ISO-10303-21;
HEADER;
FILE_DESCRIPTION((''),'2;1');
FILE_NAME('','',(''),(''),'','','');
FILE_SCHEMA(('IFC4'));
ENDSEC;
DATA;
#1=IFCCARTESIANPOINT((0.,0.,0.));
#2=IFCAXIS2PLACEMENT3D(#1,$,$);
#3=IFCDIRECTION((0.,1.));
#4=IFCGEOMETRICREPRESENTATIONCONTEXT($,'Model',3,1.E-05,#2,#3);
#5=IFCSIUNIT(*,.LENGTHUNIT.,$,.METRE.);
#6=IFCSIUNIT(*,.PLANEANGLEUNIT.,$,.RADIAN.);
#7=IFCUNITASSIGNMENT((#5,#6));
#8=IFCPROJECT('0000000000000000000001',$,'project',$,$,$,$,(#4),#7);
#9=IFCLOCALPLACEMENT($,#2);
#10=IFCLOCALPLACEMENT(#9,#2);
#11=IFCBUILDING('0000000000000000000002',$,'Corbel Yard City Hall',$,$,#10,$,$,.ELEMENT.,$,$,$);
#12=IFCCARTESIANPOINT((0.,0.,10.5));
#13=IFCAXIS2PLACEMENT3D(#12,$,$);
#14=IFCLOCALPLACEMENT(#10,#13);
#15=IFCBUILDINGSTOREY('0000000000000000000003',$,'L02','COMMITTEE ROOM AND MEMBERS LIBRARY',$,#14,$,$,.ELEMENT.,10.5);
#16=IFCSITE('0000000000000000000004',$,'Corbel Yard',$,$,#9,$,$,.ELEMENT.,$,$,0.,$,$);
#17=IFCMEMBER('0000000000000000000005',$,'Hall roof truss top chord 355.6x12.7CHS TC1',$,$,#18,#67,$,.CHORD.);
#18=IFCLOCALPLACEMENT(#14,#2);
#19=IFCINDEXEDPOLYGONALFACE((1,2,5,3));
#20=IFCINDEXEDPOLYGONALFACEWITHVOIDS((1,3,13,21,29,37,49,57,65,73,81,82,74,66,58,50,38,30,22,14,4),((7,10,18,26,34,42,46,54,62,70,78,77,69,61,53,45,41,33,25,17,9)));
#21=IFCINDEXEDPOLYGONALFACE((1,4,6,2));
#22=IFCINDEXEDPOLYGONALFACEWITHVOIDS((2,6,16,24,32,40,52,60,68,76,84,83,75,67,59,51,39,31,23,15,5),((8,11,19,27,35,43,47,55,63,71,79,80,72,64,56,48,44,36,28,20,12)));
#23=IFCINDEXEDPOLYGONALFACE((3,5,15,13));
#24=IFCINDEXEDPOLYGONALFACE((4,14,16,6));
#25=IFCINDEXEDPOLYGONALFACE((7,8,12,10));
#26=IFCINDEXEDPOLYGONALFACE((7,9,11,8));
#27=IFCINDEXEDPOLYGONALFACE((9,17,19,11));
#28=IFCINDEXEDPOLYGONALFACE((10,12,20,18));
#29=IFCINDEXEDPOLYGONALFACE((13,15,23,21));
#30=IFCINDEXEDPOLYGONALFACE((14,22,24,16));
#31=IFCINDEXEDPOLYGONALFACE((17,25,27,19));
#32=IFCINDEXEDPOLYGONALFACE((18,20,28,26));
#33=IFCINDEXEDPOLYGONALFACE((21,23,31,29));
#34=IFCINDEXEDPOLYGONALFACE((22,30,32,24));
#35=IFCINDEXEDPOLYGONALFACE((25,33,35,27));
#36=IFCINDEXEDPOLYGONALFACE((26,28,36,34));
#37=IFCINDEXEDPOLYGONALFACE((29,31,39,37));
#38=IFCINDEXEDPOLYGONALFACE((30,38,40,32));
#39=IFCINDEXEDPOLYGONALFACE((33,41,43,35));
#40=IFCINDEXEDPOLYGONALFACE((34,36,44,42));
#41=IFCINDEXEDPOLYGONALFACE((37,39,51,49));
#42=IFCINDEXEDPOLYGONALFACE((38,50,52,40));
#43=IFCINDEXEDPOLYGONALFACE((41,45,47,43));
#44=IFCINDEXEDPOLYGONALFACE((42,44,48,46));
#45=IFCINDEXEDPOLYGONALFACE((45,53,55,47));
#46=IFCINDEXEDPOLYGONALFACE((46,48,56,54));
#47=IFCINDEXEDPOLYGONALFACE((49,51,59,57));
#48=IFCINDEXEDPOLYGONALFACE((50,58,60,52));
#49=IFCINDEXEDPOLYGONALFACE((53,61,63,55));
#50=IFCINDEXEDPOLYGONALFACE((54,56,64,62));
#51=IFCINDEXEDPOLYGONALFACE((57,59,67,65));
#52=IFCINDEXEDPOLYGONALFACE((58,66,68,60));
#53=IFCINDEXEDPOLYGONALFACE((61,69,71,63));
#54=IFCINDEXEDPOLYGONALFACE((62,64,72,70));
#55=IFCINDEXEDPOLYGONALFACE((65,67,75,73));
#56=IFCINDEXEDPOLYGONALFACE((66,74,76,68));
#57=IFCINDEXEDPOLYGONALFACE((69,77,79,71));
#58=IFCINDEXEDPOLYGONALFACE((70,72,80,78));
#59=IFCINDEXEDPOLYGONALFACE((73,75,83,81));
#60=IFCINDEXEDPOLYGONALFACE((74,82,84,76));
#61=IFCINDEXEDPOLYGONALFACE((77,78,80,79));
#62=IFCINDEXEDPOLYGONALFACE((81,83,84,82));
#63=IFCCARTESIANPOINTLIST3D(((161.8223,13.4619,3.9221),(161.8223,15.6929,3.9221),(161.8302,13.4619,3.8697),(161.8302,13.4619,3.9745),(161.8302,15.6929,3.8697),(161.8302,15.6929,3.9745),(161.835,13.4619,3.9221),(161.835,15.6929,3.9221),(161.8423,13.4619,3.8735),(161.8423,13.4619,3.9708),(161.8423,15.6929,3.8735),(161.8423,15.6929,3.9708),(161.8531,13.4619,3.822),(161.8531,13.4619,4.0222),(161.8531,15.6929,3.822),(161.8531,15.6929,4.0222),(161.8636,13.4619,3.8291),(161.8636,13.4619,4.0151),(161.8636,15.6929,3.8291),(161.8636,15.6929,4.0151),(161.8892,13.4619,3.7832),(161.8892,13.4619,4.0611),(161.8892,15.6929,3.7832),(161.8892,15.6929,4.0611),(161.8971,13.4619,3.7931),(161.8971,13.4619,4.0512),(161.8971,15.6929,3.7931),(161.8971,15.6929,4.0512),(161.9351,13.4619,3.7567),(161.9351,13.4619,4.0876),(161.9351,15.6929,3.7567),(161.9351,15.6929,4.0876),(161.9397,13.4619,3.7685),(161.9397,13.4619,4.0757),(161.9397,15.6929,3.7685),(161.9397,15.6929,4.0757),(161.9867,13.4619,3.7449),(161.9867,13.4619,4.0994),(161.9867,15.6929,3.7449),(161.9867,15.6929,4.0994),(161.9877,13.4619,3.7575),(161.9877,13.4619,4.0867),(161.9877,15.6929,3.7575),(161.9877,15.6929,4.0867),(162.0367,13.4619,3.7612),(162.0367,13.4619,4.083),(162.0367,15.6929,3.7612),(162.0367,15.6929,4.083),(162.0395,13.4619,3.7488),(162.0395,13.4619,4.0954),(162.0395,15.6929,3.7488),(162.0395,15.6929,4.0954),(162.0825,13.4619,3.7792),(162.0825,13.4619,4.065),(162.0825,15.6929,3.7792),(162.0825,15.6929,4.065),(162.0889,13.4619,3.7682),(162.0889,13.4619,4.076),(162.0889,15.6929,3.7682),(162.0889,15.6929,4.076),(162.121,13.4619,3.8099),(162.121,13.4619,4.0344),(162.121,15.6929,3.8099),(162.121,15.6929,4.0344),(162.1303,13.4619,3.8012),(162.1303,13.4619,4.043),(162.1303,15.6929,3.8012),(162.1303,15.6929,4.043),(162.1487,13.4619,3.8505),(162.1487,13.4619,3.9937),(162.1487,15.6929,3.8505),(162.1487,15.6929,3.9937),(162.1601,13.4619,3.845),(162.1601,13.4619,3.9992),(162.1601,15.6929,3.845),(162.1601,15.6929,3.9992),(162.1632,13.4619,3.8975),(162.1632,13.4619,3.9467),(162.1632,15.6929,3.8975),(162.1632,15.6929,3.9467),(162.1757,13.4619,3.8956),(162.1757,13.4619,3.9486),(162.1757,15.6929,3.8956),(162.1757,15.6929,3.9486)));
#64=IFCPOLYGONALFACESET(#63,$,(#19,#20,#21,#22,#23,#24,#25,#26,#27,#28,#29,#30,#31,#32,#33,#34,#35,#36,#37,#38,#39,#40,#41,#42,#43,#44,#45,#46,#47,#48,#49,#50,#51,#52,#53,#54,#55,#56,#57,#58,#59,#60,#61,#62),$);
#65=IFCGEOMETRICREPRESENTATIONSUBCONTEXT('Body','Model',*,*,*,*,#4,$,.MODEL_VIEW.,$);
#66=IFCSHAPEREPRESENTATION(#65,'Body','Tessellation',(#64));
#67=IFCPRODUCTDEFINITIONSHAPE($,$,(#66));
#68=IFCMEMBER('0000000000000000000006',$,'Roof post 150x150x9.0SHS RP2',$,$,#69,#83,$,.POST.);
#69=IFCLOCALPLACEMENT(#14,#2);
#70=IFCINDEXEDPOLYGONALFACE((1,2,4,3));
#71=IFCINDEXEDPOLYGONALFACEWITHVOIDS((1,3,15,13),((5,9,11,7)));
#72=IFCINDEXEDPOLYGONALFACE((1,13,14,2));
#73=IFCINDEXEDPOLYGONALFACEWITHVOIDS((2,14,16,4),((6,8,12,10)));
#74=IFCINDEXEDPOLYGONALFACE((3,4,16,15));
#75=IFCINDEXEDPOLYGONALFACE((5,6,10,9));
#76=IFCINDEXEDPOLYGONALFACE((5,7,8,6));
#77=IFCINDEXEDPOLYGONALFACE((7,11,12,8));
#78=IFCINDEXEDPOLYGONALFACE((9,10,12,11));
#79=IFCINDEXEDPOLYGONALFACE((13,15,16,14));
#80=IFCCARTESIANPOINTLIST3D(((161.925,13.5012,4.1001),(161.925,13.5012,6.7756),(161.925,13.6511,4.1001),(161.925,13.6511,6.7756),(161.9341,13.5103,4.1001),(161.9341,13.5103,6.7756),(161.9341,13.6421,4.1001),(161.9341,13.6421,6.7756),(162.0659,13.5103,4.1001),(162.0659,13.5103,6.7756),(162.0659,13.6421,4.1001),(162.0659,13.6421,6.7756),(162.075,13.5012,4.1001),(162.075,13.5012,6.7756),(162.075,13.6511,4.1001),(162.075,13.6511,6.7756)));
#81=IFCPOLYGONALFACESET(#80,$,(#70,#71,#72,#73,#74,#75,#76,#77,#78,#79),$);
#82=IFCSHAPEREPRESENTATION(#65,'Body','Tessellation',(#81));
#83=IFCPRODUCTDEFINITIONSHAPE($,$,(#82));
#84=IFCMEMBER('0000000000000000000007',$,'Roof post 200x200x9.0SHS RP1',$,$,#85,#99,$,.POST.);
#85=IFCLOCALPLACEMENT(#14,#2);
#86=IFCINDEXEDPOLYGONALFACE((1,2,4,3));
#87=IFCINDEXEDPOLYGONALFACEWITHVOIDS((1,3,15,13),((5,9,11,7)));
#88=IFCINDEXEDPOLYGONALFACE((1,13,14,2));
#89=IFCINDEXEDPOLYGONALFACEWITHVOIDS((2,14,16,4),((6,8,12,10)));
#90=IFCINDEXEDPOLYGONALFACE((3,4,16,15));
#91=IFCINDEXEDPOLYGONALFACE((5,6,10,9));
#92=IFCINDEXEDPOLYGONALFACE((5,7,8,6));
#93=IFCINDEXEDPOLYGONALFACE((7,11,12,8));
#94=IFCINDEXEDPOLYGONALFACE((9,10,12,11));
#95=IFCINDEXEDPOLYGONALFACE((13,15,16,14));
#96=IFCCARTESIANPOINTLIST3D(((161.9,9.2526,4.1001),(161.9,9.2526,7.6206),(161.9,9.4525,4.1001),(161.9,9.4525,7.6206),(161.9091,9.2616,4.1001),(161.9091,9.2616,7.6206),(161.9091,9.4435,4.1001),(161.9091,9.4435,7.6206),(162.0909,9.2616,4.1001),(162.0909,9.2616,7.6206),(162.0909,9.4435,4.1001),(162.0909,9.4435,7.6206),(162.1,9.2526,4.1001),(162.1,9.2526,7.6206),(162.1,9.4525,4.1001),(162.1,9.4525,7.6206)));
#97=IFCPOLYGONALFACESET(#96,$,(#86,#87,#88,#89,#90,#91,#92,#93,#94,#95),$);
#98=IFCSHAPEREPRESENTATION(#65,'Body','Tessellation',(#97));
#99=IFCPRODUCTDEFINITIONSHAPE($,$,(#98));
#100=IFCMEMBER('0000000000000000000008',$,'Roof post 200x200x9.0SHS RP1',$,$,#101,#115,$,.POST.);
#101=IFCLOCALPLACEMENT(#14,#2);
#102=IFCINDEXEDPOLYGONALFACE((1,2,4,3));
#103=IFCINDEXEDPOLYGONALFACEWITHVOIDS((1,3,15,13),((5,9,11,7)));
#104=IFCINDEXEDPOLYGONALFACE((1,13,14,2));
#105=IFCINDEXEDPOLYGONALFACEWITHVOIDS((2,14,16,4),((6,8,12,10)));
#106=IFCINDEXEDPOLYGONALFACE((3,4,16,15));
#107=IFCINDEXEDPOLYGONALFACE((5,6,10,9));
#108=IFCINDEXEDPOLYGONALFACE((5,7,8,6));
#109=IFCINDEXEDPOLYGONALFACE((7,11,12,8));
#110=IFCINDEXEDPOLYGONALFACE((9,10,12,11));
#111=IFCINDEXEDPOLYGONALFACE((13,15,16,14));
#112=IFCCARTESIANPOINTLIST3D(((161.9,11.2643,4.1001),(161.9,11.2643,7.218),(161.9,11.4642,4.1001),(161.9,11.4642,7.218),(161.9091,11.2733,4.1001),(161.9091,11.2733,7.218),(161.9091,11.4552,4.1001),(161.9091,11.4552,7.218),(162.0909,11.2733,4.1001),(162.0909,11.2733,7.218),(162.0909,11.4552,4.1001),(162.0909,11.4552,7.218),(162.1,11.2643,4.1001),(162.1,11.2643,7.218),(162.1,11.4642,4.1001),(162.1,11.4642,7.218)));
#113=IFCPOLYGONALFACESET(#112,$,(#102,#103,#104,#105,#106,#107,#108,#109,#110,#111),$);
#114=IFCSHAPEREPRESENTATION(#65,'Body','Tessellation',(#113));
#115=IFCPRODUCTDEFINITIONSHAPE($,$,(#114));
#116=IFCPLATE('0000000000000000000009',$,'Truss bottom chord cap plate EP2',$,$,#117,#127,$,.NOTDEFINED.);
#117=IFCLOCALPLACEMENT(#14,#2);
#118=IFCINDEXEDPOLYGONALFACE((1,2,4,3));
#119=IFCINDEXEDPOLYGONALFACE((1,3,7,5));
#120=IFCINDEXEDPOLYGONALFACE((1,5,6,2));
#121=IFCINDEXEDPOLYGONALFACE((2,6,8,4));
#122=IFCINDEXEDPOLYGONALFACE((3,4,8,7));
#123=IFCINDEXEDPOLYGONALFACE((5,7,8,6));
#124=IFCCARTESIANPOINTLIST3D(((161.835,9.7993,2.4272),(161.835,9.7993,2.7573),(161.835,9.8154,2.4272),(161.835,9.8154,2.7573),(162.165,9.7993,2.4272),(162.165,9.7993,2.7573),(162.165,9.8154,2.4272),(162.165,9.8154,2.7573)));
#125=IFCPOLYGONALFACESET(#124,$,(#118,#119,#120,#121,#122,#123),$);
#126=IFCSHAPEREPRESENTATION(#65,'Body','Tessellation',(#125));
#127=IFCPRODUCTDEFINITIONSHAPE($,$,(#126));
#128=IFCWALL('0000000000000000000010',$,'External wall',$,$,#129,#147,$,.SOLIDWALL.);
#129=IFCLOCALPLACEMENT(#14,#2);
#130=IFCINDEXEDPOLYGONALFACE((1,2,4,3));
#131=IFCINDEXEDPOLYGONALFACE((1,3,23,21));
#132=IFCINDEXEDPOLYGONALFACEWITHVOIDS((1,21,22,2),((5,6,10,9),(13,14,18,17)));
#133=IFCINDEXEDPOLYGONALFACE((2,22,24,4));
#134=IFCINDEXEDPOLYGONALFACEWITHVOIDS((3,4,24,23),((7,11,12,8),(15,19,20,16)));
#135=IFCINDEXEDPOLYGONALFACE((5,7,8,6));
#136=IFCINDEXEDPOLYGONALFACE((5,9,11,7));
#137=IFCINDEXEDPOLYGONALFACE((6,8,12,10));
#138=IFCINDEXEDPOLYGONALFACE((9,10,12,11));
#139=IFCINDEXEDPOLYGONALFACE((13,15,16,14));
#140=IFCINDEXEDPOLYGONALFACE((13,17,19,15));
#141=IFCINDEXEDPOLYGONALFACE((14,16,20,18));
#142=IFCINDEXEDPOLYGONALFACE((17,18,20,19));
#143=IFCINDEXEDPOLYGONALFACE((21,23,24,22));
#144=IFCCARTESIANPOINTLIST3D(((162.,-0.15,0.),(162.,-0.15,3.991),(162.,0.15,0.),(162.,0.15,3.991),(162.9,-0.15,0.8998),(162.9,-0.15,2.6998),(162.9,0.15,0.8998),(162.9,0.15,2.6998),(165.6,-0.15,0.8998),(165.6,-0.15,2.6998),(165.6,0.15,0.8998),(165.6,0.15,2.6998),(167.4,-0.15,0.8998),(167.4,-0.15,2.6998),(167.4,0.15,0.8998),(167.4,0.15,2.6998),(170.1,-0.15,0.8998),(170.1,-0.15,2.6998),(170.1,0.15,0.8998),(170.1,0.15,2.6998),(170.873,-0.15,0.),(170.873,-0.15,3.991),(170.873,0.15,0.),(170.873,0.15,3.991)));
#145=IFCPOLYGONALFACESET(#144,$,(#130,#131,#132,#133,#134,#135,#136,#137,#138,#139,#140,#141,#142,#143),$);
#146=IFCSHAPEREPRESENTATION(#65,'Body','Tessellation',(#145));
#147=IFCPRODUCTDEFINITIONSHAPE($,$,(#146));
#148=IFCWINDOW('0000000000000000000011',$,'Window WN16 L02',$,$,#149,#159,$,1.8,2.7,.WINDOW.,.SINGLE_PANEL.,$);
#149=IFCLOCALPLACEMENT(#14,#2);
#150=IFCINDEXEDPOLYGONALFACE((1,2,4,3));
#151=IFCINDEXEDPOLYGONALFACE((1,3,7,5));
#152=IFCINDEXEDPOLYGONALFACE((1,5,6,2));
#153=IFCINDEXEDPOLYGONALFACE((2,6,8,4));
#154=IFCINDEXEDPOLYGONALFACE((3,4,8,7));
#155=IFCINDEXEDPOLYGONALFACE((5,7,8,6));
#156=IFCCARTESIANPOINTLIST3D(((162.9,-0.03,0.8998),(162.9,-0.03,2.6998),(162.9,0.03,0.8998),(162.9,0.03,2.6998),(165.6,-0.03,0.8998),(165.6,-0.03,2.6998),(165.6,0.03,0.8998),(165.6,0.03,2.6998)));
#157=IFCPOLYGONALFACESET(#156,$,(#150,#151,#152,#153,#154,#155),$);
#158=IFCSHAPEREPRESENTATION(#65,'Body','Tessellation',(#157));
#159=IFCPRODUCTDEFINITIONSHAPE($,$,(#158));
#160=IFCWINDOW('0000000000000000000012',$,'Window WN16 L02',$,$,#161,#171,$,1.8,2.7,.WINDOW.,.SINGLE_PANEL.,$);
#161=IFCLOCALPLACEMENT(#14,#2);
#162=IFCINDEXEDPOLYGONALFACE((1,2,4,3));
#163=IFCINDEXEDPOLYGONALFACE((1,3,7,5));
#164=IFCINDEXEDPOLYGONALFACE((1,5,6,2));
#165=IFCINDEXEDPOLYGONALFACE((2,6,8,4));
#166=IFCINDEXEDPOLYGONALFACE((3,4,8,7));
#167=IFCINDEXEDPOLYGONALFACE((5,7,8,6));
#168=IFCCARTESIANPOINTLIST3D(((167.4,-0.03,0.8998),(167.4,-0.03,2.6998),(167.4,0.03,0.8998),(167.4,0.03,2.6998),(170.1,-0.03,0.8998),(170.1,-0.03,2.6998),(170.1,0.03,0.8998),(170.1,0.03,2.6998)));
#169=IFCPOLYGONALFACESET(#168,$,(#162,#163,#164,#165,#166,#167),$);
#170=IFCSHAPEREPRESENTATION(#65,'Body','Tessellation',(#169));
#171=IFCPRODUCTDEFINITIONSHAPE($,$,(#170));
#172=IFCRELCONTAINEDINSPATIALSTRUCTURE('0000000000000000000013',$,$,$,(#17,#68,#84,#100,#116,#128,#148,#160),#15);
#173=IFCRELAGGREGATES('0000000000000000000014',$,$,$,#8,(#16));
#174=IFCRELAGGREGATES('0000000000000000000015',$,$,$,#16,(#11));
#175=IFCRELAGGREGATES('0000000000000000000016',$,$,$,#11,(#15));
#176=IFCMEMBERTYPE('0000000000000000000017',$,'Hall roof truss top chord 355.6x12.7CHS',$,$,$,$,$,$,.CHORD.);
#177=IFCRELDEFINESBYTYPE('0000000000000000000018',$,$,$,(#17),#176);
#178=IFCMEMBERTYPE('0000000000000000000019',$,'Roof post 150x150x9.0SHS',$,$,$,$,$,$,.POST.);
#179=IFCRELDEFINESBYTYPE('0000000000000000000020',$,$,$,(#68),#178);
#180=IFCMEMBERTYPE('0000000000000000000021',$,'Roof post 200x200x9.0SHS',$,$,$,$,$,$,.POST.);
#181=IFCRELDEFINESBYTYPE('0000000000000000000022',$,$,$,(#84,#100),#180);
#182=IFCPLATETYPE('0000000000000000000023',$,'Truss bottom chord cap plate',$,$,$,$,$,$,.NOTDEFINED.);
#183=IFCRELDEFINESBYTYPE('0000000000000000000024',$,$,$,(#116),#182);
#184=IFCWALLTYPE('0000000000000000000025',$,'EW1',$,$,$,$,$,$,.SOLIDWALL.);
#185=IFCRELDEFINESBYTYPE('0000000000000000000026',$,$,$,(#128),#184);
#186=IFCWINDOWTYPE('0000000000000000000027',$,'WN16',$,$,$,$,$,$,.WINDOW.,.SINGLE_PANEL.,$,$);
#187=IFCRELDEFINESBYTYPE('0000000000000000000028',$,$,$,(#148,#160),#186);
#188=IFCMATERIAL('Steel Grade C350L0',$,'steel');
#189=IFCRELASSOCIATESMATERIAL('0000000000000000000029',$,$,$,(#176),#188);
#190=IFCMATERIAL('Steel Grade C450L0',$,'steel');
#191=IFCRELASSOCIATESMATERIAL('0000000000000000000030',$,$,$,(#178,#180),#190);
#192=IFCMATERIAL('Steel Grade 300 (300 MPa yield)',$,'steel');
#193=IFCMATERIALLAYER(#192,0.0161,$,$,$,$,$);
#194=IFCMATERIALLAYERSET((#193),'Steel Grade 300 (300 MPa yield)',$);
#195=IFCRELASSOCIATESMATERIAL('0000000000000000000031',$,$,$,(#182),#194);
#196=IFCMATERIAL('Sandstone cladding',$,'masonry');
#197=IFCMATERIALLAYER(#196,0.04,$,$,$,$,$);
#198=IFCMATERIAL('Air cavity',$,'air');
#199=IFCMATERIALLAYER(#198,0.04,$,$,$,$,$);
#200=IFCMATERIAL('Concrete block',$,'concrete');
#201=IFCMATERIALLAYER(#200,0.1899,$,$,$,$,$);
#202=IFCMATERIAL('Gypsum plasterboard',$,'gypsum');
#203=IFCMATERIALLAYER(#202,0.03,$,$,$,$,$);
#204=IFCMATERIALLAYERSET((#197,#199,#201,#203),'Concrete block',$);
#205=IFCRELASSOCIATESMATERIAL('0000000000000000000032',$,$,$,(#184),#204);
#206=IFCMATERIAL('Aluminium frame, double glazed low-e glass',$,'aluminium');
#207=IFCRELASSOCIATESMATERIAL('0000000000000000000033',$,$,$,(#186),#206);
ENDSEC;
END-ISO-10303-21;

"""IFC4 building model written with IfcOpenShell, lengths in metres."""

from ifc_helpers import new_model, si_unit, direction, frame, frame_2d, origin, origin_2d, place, context, subcontext, project, spatial, rectangle, hollow_rectangle, hollow_circle, extrude, material, layer, layer_set, material_profile, profile_set, type_object, element, fill, save


model = new_model("IFC4")

# Units and contexts
model_context = context("Model", 3, precision=1e-05, world=origin(), true_north=direction((0.0, 1.0)))
body_context = subcontext(model_context, "Body", "Model", "MODEL_VIEW")
ifc_project = project(units=[si_unit("LENGTHUNIT", "METRE"), si_unit("PLANEANGLEUNIT", "RADIAN")], contexts=[model_context])

# Site, building, storey
site_placement = place(None, origin())
site = spatial("IfcSite", under=ifc_project, at=site_placement, Name="Corbel Yard", CompositionType="ELEMENT", RefElevation=0.0)
building_placement = place(site_placement, origin())
building = spatial("IfcBuilding", under=site, at=building_placement, Name="Corbel Yard City Hall", CompositionType="ELEMENT")
storey_placement = place(building_placement, frame((0.0, 0.0, 10.5)))
storey = spatial("IfcBuildingStorey", under=building, at=storey_placement, Name="L02", Description="COMMITTEE ROOM AND MEMBERS LIBRARY", CompositionType="ELEMENT", Elevation=10.5)

# Shared definitions
ifc_material_1 = material(Name="Steel Grade 300 (300 MPa yield)", Category="steel")

# Members
ifc_material_2 = material(Name="Steel Grade C350L0", Category="steel")
ifc_material_profile_1 = material_profile(ifc_material_2, hollow_circle(Radius=0.1777, WallThickness=0.0127, at=origin_2d()), Name="355.6x12.7CHS")
ifc_profile_set_1 = profile_set([ifc_material_profile_1], Name="Steel Grade C350L0")
member_type_1 = type_object("IfcMemberType", Name="Hall roof truss top chord 355.6x12.7CHS", PredefinedType="CHORD", material=ifc_profile_set_1)
for number, where, z_axis, x_axis, name in (
    (1, (162.0, 13.4619, 3.9221), (0.0, 1.0, 0.0), (-1.0, 0.0, 0.0), "Hall roof truss top chord 355.6x12.7CHS TC1"),
):
    element("IfcMember", number, at=place(storey_placement, frame(where, z_axis=z_axis, x_axis=x_axis)), inside=storey, type_object=member_type_1, Name=name, PredefinedType="CHORD", context=body_context, shape_type="SweptSolid", body=[
        extrude(hollow_circle(Radius=0.1777, WallThickness=0.0127, at=origin_2d()), origin(), (0.0, 0.0, 1.0), 2.231),
    ])
ifc_material_3 = material(Name="Steel Grade C450L0", Category="steel")
ifc_material_profile_2 = material_profile(ifc_material_3, hollow_rectangle(XDim=0.1499, YDim=0.1499, WallThickness=0.009, at=origin_2d()), Name="150x150x9.0SHS")
ifc_profile_set_2 = profile_set([ifc_material_profile_2], Name="Steel Grade C450L0")
member_type_2 = type_object("IfcMemberType", Name="Roof post 150x150x9.0SHS", PredefinedType="POST", material=ifc_profile_set_2)
member_1_placement = place(storey_placement, frame((162.0, 13.5762, 4.1001), z_axis=(0.0, 0.0, 1.0), x_axis=(1.0, 0.0, 0.0)))
element("IfcMember", 2, at=member_1_placement, inside=storey, type_object=member_type_2, Name="Roof post 150x150x9.0SHS RP2", PredefinedType="POST", context=body_context, shape_type="SweptSolid", body=[
    extrude(hollow_rectangle(XDim=0.1499, YDim=0.1499, WallThickness=0.009, at=origin_2d()), origin(), (0.0, 0.0, 1.0), 2.6755),
])
ifc_material_profile_3 = material_profile(ifc_material_3, hollow_rectangle(XDim=0.2, YDim=0.2, WallThickness=0.009, at=origin_2d()), Name="200x200x9.0SHS")
ifc_profile_set_3 = profile_set([ifc_material_profile_3], Name="Steel Grade C450L0")
member_type_3 = type_object("IfcMemberType", Name="Roof post 200x200x9.0SHS", PredefinedType="POST", material=ifc_profile_set_3)
member_2_placement = place(storey_placement, frame((162.0, 9.3525, 4.1001), z_axis=(0.0, 0.0, 1.0), x_axis=(1.0, 0.0, 0.0)))
element("IfcMember", 3, at=member_2_placement, inside=storey, type_object=member_type_3, Name="Roof post 200x200x9.0SHS RP1", PredefinedType="POST", context=body_context, shape_type="SweptSolid", body=[
    extrude(hollow_rectangle(XDim=0.2, YDim=0.2, WallThickness=0.009, at=origin_2d()), origin(), (0.0, 0.0, 1.0), 3.5205),
])
member_3_placement = place(storey_placement, frame((162.0, 11.3643, 4.1001), z_axis=(0.0, 0.0, 1.0), x_axis=(1.0, 0.0, 0.0)))
element("IfcMember", 4, at=member_3_placement, inside=storey, type_object=member_type_3, Name="Roof post 200x200x9.0SHS RP1", PredefinedType="POST", context=body_context, shape_type="SweptSolid", body=[
    extrude(hollow_rectangle(XDim=0.2, YDim=0.2, WallThickness=0.009, at=origin_2d()), origin(), (0.0, 0.0, 1.0), 3.1179),
])

# Plate
ifc_layer_1 = layer(ifc_material_1, 0.0161)
ifc_layer_set_1 = layer_set([ifc_layer_1], Name="Steel Grade 300 (300 MPa yield)")
plate_type = type_object("IfcPlateType", Name="Truss bottom chord cap plate", PredefinedType="NOTDEFINED", material=ifc_layer_set_1)
plate_placement = place(storey_placement, frame((162.0, 9.8074, 2.4272), z_axis=(0.0, 0.0, 1.0), x_axis=(1.0, 0.0, 0.0)))
element("IfcPlate", 5, at=plate_placement, inside=storey, type_object=plate_type, Name="Truss bottom chord cap plate EP2", PredefinedType="NOTDEFINED", context=body_context, shape_type="SweptSolid", body=[
    extrude(rectangle(XDim=0.3301, YDim=0.0161, at=origin_2d()), origin(), (0.0, 0.0, 1.0), 0.3301),
])

# Wall, openings, windows
ifc_material_4 = material(Name="Sandstone cladding", Category="masonry")
ifc_layer_2 = layer(ifc_material_4, 0.04)
ifc_material_5 = material(Name="Air cavity", Category="air")
ifc_layer_3 = layer(ifc_material_5, 0.04)
ifc_material_6 = material(Name="Concrete block", Category="concrete")
ifc_layer_4 = layer(ifc_material_6, 0.1899)
ifc_material_7 = material(Name="Gypsum plasterboard", Category="gypsum")
ifc_layer_5 = layer(ifc_material_7, 0.03)
ifc_layer_set_2 = layer_set([ifc_layer_2, ifc_layer_3, ifc_layer_4, ifc_layer_5], Name="Concrete block")
wall_type_1 = type_object("IfcWallType", Name="EW1", PredefinedType="SOLIDWALL", material=ifc_layer_set_2)
wall_1_placement = place(storey_placement, frame((162.0, 0.0, 0.0), z_axis=(0.0, 0.0, 1.0), x_axis=(1.0, 0.0, 0.0)))
wall_1 = element("IfcWall", 6, at=wall_1_placement, inside=storey, type_object=wall_type_1, Name="External wall", PredefinedType="SOLIDWALL", context=body_context, shape_type="SweptSolid", body=[
    extrude(rectangle(XDim=8.873, YDim=0.3, at=frame_2d((4.4365, 0.0))), origin(), (0.0, 0.0, 1.0), 3.991),
])
opening_1_placement = place(wall_1_placement, frame((0.8999, 0.0, 0.8999)))
opening_1 = element("IfcOpeningElement", 7, at=opening_1_placement, cuts=wall_1, PredefinedType="OPENING", context=body_context, shape_type="SweptSolid", body=[
    extrude(rectangle(XDim=2.7, YDim=1.8, at=frame_2d((1.3501, 0.8999))), frame((0.0, 0.1599, 0.0), z_axis=(0.0, -1.0, 0.0), x_axis=(1.0, 0.0, 0.0)), (0.0, 0.0, 1.0), 0.3201),
])
opening_2_placement = place(wall_1_placement, frame((5.3999, 0.0, 0.8999)))
opening_2 = element("IfcOpeningElement", 8, at=opening_2_placement, cuts=wall_1, PredefinedType="OPENING", context=body_context, shape_type="SweptSolid", body=[
    extrude(rectangle(XDim=2.7, YDim=1.8, at=frame_2d((1.3501, 0.8999))), frame((0.0, 0.1599, 0.0), z_axis=(0.0, -1.0, 0.0), x_axis=(1.0, 0.0, 0.0)), (0.0, 0.0, 1.0), 0.3201),
])
ifc_material_8 = material(Name="Aluminium frame, double glazed low-e glass", Category="aluminium")
window_type = type_object("IfcWindowType", Name="WN16", PartitioningType="SINGLE_PANEL", PredefinedType="WINDOW", material=ifc_material_8)
window_1_placement = place(opening_1_placement, origin())
window_1 = element("IfcWindow", 9, at=window_1_placement, inside=storey, type_object=window_type, Name="Window WN16 L02", OverallHeight=1.8, OverallWidth=2.7, PartitioningType="SINGLE_PANEL", PredefinedType="WINDOW", context=body_context, shape_type="SweptSolid", body=[
    extrude(rectangle(XDim=2.7, YDim=1.8, at=frame_2d((1.3501, 0.8999))), frame((0.0, 0.03, 0.0), z_axis=(0.0, -1.0, 0.0), x_axis=(1.0, 0.0, 0.0)), (0.0, 0.0, 1.0), 0.0601),
])
fill(opening_1, window_1)
window_2_placement = place(opening_2_placement, origin())
window_2 = element("IfcWindow", 10, at=window_2_placement, inside=storey, type_object=window_type, Name="Window WN16 L02", OverallHeight=1.8, OverallWidth=2.7, PartitioningType="SINGLE_PANEL", PredefinedType="WINDOW", context=body_context, shape_type="SweptSolid", body=[
    extrude(rectangle(XDim=2.7, YDim=1.8, at=frame_2d((1.3501, 0.8999))), frame((0.0, 0.03, 0.0), z_axis=(0.0, -1.0, 0.0), x_axis=(1.0, 0.0, 0.0)), (0.0, 0.0, 1.0), 0.0601),
])
fill(opening_2, window_2)

save(model, "model.ifc")
